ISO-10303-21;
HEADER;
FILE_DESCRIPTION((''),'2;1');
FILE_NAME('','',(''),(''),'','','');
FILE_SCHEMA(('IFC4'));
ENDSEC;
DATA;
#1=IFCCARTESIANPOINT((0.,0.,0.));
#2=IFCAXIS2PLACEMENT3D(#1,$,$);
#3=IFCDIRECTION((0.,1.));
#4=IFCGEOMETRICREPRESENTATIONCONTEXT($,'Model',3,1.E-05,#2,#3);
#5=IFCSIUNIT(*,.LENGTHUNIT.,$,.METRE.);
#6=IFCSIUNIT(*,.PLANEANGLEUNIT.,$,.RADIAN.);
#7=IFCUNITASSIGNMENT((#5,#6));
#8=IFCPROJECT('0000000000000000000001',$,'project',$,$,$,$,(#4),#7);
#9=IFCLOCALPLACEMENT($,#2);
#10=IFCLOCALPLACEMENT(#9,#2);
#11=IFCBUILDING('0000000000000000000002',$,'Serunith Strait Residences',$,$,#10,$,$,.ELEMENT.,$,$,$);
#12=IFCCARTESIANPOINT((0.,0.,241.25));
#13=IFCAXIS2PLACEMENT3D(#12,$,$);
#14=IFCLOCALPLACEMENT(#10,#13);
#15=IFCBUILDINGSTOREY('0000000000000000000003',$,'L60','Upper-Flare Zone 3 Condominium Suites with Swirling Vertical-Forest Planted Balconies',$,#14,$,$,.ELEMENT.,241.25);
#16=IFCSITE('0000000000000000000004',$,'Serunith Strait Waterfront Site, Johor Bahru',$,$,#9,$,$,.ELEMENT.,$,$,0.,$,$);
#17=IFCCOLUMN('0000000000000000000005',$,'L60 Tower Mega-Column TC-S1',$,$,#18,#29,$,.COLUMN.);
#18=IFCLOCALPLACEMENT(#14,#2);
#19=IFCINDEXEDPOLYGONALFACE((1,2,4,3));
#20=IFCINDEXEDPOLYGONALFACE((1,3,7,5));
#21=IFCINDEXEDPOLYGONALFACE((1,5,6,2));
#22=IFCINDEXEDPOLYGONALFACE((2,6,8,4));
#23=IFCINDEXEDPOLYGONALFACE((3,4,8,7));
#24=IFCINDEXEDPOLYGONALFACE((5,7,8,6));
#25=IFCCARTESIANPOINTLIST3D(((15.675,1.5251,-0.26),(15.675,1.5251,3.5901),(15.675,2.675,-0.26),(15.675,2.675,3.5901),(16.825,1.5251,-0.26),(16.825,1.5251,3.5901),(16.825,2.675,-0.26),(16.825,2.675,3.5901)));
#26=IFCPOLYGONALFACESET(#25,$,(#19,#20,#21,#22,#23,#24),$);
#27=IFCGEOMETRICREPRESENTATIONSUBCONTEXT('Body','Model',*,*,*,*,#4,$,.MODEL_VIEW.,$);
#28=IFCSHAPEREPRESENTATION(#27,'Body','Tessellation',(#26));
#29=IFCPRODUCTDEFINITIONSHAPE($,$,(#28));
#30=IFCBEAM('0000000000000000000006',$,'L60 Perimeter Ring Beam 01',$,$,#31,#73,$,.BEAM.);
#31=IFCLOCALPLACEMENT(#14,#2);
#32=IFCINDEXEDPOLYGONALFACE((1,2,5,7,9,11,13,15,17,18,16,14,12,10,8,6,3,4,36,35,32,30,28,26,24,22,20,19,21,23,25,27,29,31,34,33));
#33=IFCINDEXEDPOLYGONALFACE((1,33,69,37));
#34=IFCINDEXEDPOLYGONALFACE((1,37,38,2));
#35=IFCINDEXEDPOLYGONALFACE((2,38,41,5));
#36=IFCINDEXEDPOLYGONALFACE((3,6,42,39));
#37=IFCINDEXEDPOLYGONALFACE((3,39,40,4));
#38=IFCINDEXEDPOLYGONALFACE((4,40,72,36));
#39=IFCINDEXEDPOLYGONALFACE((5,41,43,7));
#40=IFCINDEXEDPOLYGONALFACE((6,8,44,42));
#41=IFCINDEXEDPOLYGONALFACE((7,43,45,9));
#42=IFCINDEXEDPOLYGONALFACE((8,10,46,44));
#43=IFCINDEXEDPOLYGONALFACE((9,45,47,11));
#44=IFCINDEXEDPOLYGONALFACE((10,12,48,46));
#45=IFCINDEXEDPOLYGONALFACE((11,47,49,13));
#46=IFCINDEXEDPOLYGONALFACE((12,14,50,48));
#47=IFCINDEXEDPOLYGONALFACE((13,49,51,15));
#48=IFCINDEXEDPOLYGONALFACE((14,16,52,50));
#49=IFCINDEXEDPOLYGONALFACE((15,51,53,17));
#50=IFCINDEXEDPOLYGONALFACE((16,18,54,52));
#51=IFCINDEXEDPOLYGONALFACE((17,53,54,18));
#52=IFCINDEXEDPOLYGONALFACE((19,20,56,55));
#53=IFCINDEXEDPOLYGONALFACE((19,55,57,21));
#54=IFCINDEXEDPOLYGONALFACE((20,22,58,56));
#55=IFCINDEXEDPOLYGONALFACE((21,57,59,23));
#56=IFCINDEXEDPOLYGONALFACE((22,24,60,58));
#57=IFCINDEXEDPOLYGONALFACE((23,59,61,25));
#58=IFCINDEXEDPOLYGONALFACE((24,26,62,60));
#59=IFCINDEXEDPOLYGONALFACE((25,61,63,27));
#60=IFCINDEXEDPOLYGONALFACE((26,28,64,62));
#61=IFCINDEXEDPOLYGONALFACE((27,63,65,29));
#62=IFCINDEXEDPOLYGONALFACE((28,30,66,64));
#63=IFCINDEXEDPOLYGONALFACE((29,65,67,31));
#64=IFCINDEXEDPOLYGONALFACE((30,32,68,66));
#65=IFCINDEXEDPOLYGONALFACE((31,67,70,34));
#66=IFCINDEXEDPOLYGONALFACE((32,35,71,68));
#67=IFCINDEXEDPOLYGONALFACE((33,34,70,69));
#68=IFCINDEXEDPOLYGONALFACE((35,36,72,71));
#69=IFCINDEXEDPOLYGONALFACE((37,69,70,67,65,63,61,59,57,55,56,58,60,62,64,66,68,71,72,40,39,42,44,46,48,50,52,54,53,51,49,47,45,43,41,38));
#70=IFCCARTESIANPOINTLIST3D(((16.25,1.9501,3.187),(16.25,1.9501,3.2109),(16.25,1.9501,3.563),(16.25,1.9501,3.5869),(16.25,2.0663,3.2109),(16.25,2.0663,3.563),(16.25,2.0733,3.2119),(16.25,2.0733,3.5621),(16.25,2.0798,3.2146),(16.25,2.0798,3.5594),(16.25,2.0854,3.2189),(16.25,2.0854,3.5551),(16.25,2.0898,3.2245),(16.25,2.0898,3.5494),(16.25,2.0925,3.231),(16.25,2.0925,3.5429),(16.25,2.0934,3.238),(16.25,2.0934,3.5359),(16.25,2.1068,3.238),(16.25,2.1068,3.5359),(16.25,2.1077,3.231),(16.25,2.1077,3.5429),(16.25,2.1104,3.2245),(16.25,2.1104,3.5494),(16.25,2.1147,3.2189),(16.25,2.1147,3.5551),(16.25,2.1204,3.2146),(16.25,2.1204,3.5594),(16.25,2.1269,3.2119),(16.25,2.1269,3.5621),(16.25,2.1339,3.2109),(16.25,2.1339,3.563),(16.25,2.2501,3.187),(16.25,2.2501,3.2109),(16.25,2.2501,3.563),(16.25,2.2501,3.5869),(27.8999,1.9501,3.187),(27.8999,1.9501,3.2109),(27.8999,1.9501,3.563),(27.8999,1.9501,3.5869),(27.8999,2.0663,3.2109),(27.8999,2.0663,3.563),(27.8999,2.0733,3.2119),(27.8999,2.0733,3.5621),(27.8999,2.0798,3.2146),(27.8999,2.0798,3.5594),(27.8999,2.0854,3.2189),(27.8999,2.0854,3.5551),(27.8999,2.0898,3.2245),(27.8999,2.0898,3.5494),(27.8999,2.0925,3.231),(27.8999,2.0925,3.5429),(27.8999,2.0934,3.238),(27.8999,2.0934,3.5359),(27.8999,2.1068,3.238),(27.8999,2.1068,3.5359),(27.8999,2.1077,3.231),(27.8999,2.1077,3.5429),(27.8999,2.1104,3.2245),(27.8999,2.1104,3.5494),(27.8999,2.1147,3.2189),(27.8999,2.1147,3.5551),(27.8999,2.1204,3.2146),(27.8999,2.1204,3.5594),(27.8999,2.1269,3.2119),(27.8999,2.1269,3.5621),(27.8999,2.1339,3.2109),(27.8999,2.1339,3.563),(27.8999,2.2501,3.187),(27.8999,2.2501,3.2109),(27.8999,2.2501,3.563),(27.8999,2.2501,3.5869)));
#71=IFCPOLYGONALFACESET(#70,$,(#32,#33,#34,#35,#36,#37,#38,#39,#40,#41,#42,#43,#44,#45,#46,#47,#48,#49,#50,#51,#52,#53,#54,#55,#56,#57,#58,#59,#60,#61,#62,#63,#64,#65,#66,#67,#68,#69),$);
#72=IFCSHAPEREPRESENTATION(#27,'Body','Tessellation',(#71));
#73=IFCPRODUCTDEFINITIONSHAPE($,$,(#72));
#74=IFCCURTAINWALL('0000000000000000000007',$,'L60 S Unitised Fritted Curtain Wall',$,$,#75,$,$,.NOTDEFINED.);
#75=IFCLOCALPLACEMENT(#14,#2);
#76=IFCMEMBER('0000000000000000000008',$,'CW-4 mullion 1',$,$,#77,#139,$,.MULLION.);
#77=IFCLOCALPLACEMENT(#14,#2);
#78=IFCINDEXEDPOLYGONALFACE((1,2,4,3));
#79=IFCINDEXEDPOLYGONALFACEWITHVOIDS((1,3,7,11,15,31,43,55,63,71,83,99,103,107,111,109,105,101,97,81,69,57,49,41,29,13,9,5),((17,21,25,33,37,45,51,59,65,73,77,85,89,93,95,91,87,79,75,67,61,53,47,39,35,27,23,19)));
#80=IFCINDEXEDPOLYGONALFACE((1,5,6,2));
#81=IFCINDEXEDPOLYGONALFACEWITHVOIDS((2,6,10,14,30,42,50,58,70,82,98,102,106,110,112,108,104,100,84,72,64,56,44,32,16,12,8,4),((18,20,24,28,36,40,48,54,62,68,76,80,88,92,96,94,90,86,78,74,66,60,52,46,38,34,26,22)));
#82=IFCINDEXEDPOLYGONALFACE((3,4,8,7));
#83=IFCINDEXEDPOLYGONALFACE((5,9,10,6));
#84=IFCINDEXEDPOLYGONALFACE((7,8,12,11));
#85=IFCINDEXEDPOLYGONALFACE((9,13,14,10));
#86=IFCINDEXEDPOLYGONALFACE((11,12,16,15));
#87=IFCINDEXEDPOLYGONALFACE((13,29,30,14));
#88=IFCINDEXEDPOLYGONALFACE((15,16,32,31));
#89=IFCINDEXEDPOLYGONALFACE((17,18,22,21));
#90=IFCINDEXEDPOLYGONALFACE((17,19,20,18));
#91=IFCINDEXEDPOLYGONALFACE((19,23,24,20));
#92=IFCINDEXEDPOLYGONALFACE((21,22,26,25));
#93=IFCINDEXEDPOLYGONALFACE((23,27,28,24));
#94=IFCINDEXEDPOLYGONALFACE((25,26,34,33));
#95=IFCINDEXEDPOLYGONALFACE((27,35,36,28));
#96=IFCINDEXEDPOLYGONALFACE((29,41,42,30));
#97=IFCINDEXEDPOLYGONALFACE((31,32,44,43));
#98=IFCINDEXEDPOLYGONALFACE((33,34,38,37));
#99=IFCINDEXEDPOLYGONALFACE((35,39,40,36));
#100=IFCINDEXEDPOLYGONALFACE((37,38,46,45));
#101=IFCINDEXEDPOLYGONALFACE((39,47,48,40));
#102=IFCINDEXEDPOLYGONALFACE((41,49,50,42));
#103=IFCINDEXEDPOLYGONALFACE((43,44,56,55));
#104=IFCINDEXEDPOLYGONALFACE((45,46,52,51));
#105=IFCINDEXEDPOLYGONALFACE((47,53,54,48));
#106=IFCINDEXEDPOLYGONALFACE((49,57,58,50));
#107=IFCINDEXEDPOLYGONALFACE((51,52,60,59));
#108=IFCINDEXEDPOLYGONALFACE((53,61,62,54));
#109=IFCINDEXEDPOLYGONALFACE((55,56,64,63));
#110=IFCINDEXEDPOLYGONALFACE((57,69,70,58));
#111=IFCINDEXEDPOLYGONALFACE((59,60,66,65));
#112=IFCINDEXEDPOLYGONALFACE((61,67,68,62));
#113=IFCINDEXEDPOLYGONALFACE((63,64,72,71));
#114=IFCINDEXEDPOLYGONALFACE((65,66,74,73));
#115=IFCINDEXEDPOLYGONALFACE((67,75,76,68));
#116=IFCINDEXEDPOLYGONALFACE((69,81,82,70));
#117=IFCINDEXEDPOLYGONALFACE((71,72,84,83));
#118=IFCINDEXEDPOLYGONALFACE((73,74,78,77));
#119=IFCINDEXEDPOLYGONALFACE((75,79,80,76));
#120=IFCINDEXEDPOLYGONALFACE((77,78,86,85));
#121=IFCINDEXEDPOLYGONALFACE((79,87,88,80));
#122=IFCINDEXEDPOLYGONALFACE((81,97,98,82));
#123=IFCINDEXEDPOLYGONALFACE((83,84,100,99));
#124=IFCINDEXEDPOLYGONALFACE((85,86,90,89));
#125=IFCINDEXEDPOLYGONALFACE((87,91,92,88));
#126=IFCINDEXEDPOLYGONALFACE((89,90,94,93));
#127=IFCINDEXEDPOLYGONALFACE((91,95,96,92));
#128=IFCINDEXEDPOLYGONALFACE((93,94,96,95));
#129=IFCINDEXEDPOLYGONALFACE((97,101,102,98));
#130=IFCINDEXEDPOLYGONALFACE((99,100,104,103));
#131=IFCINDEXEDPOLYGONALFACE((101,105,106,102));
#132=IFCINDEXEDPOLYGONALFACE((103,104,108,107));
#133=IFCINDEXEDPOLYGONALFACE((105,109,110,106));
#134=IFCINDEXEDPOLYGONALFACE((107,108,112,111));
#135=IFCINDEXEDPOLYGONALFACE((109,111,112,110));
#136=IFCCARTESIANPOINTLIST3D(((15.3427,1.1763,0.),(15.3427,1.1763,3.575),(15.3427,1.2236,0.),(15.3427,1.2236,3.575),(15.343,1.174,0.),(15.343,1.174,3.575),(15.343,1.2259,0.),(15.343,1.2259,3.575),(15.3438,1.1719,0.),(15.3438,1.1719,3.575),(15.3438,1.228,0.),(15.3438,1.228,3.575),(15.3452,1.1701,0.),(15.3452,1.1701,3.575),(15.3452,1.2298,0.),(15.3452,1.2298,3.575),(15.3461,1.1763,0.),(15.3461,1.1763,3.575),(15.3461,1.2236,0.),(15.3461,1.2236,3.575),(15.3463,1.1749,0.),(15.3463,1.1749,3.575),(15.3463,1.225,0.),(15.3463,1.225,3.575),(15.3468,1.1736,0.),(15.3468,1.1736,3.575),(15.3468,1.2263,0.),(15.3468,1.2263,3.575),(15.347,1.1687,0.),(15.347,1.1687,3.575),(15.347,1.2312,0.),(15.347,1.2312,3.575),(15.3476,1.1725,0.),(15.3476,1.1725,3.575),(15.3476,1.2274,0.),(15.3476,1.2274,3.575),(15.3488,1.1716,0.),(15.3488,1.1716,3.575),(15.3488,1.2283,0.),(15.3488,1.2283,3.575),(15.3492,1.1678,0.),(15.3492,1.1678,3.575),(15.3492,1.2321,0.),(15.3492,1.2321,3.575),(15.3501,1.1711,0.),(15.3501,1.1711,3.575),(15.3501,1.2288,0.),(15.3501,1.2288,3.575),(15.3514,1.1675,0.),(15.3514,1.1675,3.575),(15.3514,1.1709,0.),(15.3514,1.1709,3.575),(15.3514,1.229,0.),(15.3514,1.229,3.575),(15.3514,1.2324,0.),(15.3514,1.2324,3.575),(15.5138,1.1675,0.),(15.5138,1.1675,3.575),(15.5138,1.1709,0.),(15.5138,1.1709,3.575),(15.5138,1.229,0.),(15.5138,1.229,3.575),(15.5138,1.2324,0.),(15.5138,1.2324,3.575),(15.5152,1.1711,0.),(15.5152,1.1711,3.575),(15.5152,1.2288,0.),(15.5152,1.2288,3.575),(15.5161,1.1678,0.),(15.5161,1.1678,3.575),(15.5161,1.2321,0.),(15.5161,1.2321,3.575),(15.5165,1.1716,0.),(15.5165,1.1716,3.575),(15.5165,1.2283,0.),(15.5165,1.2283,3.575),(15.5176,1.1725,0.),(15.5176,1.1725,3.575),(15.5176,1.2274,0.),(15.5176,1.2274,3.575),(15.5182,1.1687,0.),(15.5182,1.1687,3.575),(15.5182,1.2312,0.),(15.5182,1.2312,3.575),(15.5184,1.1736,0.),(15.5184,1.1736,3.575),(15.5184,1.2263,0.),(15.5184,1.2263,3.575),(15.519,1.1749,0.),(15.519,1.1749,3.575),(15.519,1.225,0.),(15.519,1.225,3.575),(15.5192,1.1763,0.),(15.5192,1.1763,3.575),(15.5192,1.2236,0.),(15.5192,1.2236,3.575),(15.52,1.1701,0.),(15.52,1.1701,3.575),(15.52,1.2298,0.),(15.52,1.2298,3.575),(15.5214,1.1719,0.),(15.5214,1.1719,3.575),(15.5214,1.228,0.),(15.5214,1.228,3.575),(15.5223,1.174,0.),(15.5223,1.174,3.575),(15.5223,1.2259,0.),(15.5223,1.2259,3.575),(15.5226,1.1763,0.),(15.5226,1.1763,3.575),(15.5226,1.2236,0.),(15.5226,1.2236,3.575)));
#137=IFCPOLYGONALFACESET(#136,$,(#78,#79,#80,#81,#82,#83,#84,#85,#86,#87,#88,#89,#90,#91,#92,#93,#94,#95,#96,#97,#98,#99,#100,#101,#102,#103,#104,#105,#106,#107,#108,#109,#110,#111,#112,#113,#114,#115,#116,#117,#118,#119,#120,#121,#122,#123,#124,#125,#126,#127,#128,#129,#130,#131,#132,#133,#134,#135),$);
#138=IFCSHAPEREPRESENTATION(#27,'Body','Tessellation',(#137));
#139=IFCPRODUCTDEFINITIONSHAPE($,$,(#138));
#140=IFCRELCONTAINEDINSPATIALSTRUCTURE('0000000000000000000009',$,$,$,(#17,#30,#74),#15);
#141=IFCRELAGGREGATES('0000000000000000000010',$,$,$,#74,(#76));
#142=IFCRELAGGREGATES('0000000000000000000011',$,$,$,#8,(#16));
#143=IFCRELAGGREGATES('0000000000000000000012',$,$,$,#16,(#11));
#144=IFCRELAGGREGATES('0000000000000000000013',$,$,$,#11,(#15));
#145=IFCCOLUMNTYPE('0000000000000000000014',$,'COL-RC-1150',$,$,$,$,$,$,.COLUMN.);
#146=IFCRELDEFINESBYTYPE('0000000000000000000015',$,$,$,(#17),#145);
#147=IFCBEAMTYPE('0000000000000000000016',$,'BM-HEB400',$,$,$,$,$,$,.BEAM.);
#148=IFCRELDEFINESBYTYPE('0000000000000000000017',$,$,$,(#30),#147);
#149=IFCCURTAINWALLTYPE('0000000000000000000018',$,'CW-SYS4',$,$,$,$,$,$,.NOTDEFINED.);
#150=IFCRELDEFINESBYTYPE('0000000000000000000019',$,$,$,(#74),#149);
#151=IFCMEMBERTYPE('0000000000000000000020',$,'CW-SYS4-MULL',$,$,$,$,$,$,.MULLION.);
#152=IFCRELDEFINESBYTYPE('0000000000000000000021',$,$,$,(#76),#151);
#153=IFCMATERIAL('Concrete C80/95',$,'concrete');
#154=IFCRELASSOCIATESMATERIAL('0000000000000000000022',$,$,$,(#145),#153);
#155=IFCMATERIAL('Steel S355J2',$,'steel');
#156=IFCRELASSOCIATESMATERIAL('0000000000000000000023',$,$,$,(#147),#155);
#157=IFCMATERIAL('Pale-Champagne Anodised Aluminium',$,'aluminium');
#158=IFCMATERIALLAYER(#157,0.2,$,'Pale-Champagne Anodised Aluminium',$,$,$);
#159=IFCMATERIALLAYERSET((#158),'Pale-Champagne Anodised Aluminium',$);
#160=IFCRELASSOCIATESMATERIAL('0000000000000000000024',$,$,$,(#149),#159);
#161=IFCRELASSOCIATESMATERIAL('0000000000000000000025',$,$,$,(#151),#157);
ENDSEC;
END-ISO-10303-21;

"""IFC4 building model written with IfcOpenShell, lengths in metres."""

from ifc_helpers import new_model, si_unit, direction, frame, origin, origin_2d, place, context, subcontext, project, spatial, rectangle, hollow_rectangle, i_section, extrude, source, transform, mapped, material, layer, layer_set, material_profile, profile_set, type_object, element, aggregate, save


model = new_model("IFC4")

# Units and contexts
model_context = context("Model", 3, precision=1e-05, world=origin(), true_north=direction((0.0, 1.0)))
body_context = subcontext(model_context, "Body", "Model", "MODEL_VIEW")
ifc_project = project(units=[si_unit("LENGTHUNIT", "METRE"), si_unit("PLANEANGLEUNIT", "RADIAN")], contexts=[model_context])

# Site, building, storey
site_placement = place(None, origin())
site = spatial("IfcSite", under=ifc_project, at=site_placement, Name="Serunith Strait Waterfront Site, Johor Bahru", CompositionType="ELEMENT", RefElevation=0.0)
building_placement = place(site_placement, origin())
building = spatial("IfcBuilding", under=site, at=building_placement, Name="Serunith Strait Residences", CompositionType="ELEMENT")
storey_placement = place(building_placement, frame((0.0, 0.0, 241.25)))
storey = spatial("IfcBuildingStorey", under=building, at=storey_placement, Name="L60", Description="Upper-Flare Zone 3 Condominium Suites with Swirling Vertical-Forest Planted Balconies", CompositionType="ELEMENT", Elevation=241.25)

# Column
ifc_material_1 = material(Name="Concrete C80/95", Category="concrete")
ifc_material_profile_1 = material_profile(ifc_material_1, rectangle(XDim=1.1499, YDim=1.1499, at=origin_2d()), Name="RC 1150x1150")
ifc_profile_set_1 = profile_set([ifc_material_profile_1], Name="Concrete C80/95")
column_type = type_object("IfcColumnType", Name="COL-RC-1150", PredefinedType="COLUMN", material=ifc_profile_set_1)
shared_shape_1 = source(origin(), body_context, "Body", "SweptSolid", [
    extrude(rectangle(XDim=1.1499, YDim=1.1499, at=origin_2d()), origin(), (0.0, 0.0, 1.0), 3.8501),
])
column_placement = place(storey_placement, frame((16.25, 2.1001, -0.26), z_axis=(0.0, 0.0, 1.0), x_axis=(1.0, 0.0, 0.0)))
element("IfcColumn", 1, at=column_placement, inside=storey, type_object=column_type, Name="L60 Tower Mega-Column TC-S1", PredefinedType="COLUMN", context=body_context, shape_type="MappedRepresentation", body=[
    mapped(shared_shape_1, transform((0.0, 0.0, 0.0), scale=1.0)),
])

# Beam
ifc_material_2 = material(Name="Steel S355J2", Category="steel")
ifc_material_profile_2 = material_profile(ifc_material_2, i_section(OverallWidth=0.3, OverallDepth=0.3999, WebThickness=0.0134, FlangeThickness=0.0239, FilletRadius=0.0271, at=origin_2d()), Name="HEB 400")
ifc_profile_set_2 = profile_set([ifc_material_profile_2], Name="Steel S355J2")
beam_type = type_object("IfcBeamType", Name="BM-HEB400", PredefinedType="BEAM", material=ifc_profile_set_2)
shared_shape_2 = source(origin(), body_context, "Body", "SweptSolid", [
    extrude(i_section(OverallWidth=0.3, OverallDepth=0.3999, WebThickness=0.0134, FlangeThickness=0.0239, FilletRadius=0.0271, at=origin_2d()), origin(), (0.0, 0.0, 1.0), 11.6499),
])
beam_placement = place(storey_placement, frame((16.25, 2.1001, 3.387), z_axis=(1.0, 0.0, 0.0), x_axis=(0.0, 1.0, 0.0)))
element("IfcBeam", 2, at=beam_placement, inside=storey, type_object=beam_type, Name="L60 Perimeter Ring Beam 01", PredefinedType="BEAM", context=body_context, shape_type="MappedRepresentation", body=[
    mapped(shared_shape_2, transform((0.0, 0.0, 0.0), scale=1.0)),
])

# Curtain wall, member
ifc_material_3 = material(Name="Pale-Champagne Anodised Aluminium", Category="aluminium")
ifc_layer_1 = layer(ifc_material_3, 0.2, Name="Pale-Champagne Anodised Aluminium")
ifc_layer_set_1 = layer_set([ifc_layer_1], Name="Pale-Champagne Anodised Aluminium")
curtain_wall_type = type_object("IfcCurtainWallType", Name="CW-SYS4", PredefinedType="NOTDEFINED", material=ifc_layer_set_1)
curtain_wall_1_placement = place(storey_placement, origin())
curtain_wall_1 = element("IfcCurtainWall", 3, at=curtain_wall_1_placement, inside=storey, type_object=curtain_wall_type, Name="L60 S Unitised Fritted Curtain Wall", PredefinedType="NOTDEFINED")
ifc_material_profile_3 = material_profile(ifc_material_3, hollow_rectangle(XDim=0.0649, YDim=0.1799, WallThickness=0.0034, InnerFilletRadius=0.0054, OuterFilletRadius=0.0088, at=origin_2d()), Name="ALU 180x65x3.5")
ifc_profile_set_3 = profile_set([ifc_material_profile_3], Name="Pale-Champagne Anodised Aluminium")
member_type_1 = type_object("IfcMemberType", Name="CW-SYS4-MULL", PredefinedType="MULLION", material=ifc_profile_set_3)
shared_shape_3 = source(origin(), body_context, "Body", "SweptSolid", [
    extrude(hollow_rectangle(XDim=0.0649, YDim=0.1799, WallThickness=0.0034, InnerFilletRadius=0.0054, OuterFilletRadius=0.0088, at=origin_2d()), origin(), (0.0, 0.0, 1.0), 3.575),
])
member_1_placement = place(storey_placement, frame((15.4326, 1.2, 0.0), z_axis=(0.0, 0.0, 1.0), x_axis=(0.0, 1.0, 0.0)))
member_1 = element("IfcMember", 4, at=member_1_placement, type_object=member_type_1, Name="CW-4 mullion 1", PredefinedType="MULLION", context=body_context, shape_type="MappedRepresentation", body=[
    mapped(shared_shape_3, transform((0.0, 0.0, 0.0), scale=1.0)),
])

aggregate(curtain_wall_1, [member_1])

save(model, "model.ifc")
